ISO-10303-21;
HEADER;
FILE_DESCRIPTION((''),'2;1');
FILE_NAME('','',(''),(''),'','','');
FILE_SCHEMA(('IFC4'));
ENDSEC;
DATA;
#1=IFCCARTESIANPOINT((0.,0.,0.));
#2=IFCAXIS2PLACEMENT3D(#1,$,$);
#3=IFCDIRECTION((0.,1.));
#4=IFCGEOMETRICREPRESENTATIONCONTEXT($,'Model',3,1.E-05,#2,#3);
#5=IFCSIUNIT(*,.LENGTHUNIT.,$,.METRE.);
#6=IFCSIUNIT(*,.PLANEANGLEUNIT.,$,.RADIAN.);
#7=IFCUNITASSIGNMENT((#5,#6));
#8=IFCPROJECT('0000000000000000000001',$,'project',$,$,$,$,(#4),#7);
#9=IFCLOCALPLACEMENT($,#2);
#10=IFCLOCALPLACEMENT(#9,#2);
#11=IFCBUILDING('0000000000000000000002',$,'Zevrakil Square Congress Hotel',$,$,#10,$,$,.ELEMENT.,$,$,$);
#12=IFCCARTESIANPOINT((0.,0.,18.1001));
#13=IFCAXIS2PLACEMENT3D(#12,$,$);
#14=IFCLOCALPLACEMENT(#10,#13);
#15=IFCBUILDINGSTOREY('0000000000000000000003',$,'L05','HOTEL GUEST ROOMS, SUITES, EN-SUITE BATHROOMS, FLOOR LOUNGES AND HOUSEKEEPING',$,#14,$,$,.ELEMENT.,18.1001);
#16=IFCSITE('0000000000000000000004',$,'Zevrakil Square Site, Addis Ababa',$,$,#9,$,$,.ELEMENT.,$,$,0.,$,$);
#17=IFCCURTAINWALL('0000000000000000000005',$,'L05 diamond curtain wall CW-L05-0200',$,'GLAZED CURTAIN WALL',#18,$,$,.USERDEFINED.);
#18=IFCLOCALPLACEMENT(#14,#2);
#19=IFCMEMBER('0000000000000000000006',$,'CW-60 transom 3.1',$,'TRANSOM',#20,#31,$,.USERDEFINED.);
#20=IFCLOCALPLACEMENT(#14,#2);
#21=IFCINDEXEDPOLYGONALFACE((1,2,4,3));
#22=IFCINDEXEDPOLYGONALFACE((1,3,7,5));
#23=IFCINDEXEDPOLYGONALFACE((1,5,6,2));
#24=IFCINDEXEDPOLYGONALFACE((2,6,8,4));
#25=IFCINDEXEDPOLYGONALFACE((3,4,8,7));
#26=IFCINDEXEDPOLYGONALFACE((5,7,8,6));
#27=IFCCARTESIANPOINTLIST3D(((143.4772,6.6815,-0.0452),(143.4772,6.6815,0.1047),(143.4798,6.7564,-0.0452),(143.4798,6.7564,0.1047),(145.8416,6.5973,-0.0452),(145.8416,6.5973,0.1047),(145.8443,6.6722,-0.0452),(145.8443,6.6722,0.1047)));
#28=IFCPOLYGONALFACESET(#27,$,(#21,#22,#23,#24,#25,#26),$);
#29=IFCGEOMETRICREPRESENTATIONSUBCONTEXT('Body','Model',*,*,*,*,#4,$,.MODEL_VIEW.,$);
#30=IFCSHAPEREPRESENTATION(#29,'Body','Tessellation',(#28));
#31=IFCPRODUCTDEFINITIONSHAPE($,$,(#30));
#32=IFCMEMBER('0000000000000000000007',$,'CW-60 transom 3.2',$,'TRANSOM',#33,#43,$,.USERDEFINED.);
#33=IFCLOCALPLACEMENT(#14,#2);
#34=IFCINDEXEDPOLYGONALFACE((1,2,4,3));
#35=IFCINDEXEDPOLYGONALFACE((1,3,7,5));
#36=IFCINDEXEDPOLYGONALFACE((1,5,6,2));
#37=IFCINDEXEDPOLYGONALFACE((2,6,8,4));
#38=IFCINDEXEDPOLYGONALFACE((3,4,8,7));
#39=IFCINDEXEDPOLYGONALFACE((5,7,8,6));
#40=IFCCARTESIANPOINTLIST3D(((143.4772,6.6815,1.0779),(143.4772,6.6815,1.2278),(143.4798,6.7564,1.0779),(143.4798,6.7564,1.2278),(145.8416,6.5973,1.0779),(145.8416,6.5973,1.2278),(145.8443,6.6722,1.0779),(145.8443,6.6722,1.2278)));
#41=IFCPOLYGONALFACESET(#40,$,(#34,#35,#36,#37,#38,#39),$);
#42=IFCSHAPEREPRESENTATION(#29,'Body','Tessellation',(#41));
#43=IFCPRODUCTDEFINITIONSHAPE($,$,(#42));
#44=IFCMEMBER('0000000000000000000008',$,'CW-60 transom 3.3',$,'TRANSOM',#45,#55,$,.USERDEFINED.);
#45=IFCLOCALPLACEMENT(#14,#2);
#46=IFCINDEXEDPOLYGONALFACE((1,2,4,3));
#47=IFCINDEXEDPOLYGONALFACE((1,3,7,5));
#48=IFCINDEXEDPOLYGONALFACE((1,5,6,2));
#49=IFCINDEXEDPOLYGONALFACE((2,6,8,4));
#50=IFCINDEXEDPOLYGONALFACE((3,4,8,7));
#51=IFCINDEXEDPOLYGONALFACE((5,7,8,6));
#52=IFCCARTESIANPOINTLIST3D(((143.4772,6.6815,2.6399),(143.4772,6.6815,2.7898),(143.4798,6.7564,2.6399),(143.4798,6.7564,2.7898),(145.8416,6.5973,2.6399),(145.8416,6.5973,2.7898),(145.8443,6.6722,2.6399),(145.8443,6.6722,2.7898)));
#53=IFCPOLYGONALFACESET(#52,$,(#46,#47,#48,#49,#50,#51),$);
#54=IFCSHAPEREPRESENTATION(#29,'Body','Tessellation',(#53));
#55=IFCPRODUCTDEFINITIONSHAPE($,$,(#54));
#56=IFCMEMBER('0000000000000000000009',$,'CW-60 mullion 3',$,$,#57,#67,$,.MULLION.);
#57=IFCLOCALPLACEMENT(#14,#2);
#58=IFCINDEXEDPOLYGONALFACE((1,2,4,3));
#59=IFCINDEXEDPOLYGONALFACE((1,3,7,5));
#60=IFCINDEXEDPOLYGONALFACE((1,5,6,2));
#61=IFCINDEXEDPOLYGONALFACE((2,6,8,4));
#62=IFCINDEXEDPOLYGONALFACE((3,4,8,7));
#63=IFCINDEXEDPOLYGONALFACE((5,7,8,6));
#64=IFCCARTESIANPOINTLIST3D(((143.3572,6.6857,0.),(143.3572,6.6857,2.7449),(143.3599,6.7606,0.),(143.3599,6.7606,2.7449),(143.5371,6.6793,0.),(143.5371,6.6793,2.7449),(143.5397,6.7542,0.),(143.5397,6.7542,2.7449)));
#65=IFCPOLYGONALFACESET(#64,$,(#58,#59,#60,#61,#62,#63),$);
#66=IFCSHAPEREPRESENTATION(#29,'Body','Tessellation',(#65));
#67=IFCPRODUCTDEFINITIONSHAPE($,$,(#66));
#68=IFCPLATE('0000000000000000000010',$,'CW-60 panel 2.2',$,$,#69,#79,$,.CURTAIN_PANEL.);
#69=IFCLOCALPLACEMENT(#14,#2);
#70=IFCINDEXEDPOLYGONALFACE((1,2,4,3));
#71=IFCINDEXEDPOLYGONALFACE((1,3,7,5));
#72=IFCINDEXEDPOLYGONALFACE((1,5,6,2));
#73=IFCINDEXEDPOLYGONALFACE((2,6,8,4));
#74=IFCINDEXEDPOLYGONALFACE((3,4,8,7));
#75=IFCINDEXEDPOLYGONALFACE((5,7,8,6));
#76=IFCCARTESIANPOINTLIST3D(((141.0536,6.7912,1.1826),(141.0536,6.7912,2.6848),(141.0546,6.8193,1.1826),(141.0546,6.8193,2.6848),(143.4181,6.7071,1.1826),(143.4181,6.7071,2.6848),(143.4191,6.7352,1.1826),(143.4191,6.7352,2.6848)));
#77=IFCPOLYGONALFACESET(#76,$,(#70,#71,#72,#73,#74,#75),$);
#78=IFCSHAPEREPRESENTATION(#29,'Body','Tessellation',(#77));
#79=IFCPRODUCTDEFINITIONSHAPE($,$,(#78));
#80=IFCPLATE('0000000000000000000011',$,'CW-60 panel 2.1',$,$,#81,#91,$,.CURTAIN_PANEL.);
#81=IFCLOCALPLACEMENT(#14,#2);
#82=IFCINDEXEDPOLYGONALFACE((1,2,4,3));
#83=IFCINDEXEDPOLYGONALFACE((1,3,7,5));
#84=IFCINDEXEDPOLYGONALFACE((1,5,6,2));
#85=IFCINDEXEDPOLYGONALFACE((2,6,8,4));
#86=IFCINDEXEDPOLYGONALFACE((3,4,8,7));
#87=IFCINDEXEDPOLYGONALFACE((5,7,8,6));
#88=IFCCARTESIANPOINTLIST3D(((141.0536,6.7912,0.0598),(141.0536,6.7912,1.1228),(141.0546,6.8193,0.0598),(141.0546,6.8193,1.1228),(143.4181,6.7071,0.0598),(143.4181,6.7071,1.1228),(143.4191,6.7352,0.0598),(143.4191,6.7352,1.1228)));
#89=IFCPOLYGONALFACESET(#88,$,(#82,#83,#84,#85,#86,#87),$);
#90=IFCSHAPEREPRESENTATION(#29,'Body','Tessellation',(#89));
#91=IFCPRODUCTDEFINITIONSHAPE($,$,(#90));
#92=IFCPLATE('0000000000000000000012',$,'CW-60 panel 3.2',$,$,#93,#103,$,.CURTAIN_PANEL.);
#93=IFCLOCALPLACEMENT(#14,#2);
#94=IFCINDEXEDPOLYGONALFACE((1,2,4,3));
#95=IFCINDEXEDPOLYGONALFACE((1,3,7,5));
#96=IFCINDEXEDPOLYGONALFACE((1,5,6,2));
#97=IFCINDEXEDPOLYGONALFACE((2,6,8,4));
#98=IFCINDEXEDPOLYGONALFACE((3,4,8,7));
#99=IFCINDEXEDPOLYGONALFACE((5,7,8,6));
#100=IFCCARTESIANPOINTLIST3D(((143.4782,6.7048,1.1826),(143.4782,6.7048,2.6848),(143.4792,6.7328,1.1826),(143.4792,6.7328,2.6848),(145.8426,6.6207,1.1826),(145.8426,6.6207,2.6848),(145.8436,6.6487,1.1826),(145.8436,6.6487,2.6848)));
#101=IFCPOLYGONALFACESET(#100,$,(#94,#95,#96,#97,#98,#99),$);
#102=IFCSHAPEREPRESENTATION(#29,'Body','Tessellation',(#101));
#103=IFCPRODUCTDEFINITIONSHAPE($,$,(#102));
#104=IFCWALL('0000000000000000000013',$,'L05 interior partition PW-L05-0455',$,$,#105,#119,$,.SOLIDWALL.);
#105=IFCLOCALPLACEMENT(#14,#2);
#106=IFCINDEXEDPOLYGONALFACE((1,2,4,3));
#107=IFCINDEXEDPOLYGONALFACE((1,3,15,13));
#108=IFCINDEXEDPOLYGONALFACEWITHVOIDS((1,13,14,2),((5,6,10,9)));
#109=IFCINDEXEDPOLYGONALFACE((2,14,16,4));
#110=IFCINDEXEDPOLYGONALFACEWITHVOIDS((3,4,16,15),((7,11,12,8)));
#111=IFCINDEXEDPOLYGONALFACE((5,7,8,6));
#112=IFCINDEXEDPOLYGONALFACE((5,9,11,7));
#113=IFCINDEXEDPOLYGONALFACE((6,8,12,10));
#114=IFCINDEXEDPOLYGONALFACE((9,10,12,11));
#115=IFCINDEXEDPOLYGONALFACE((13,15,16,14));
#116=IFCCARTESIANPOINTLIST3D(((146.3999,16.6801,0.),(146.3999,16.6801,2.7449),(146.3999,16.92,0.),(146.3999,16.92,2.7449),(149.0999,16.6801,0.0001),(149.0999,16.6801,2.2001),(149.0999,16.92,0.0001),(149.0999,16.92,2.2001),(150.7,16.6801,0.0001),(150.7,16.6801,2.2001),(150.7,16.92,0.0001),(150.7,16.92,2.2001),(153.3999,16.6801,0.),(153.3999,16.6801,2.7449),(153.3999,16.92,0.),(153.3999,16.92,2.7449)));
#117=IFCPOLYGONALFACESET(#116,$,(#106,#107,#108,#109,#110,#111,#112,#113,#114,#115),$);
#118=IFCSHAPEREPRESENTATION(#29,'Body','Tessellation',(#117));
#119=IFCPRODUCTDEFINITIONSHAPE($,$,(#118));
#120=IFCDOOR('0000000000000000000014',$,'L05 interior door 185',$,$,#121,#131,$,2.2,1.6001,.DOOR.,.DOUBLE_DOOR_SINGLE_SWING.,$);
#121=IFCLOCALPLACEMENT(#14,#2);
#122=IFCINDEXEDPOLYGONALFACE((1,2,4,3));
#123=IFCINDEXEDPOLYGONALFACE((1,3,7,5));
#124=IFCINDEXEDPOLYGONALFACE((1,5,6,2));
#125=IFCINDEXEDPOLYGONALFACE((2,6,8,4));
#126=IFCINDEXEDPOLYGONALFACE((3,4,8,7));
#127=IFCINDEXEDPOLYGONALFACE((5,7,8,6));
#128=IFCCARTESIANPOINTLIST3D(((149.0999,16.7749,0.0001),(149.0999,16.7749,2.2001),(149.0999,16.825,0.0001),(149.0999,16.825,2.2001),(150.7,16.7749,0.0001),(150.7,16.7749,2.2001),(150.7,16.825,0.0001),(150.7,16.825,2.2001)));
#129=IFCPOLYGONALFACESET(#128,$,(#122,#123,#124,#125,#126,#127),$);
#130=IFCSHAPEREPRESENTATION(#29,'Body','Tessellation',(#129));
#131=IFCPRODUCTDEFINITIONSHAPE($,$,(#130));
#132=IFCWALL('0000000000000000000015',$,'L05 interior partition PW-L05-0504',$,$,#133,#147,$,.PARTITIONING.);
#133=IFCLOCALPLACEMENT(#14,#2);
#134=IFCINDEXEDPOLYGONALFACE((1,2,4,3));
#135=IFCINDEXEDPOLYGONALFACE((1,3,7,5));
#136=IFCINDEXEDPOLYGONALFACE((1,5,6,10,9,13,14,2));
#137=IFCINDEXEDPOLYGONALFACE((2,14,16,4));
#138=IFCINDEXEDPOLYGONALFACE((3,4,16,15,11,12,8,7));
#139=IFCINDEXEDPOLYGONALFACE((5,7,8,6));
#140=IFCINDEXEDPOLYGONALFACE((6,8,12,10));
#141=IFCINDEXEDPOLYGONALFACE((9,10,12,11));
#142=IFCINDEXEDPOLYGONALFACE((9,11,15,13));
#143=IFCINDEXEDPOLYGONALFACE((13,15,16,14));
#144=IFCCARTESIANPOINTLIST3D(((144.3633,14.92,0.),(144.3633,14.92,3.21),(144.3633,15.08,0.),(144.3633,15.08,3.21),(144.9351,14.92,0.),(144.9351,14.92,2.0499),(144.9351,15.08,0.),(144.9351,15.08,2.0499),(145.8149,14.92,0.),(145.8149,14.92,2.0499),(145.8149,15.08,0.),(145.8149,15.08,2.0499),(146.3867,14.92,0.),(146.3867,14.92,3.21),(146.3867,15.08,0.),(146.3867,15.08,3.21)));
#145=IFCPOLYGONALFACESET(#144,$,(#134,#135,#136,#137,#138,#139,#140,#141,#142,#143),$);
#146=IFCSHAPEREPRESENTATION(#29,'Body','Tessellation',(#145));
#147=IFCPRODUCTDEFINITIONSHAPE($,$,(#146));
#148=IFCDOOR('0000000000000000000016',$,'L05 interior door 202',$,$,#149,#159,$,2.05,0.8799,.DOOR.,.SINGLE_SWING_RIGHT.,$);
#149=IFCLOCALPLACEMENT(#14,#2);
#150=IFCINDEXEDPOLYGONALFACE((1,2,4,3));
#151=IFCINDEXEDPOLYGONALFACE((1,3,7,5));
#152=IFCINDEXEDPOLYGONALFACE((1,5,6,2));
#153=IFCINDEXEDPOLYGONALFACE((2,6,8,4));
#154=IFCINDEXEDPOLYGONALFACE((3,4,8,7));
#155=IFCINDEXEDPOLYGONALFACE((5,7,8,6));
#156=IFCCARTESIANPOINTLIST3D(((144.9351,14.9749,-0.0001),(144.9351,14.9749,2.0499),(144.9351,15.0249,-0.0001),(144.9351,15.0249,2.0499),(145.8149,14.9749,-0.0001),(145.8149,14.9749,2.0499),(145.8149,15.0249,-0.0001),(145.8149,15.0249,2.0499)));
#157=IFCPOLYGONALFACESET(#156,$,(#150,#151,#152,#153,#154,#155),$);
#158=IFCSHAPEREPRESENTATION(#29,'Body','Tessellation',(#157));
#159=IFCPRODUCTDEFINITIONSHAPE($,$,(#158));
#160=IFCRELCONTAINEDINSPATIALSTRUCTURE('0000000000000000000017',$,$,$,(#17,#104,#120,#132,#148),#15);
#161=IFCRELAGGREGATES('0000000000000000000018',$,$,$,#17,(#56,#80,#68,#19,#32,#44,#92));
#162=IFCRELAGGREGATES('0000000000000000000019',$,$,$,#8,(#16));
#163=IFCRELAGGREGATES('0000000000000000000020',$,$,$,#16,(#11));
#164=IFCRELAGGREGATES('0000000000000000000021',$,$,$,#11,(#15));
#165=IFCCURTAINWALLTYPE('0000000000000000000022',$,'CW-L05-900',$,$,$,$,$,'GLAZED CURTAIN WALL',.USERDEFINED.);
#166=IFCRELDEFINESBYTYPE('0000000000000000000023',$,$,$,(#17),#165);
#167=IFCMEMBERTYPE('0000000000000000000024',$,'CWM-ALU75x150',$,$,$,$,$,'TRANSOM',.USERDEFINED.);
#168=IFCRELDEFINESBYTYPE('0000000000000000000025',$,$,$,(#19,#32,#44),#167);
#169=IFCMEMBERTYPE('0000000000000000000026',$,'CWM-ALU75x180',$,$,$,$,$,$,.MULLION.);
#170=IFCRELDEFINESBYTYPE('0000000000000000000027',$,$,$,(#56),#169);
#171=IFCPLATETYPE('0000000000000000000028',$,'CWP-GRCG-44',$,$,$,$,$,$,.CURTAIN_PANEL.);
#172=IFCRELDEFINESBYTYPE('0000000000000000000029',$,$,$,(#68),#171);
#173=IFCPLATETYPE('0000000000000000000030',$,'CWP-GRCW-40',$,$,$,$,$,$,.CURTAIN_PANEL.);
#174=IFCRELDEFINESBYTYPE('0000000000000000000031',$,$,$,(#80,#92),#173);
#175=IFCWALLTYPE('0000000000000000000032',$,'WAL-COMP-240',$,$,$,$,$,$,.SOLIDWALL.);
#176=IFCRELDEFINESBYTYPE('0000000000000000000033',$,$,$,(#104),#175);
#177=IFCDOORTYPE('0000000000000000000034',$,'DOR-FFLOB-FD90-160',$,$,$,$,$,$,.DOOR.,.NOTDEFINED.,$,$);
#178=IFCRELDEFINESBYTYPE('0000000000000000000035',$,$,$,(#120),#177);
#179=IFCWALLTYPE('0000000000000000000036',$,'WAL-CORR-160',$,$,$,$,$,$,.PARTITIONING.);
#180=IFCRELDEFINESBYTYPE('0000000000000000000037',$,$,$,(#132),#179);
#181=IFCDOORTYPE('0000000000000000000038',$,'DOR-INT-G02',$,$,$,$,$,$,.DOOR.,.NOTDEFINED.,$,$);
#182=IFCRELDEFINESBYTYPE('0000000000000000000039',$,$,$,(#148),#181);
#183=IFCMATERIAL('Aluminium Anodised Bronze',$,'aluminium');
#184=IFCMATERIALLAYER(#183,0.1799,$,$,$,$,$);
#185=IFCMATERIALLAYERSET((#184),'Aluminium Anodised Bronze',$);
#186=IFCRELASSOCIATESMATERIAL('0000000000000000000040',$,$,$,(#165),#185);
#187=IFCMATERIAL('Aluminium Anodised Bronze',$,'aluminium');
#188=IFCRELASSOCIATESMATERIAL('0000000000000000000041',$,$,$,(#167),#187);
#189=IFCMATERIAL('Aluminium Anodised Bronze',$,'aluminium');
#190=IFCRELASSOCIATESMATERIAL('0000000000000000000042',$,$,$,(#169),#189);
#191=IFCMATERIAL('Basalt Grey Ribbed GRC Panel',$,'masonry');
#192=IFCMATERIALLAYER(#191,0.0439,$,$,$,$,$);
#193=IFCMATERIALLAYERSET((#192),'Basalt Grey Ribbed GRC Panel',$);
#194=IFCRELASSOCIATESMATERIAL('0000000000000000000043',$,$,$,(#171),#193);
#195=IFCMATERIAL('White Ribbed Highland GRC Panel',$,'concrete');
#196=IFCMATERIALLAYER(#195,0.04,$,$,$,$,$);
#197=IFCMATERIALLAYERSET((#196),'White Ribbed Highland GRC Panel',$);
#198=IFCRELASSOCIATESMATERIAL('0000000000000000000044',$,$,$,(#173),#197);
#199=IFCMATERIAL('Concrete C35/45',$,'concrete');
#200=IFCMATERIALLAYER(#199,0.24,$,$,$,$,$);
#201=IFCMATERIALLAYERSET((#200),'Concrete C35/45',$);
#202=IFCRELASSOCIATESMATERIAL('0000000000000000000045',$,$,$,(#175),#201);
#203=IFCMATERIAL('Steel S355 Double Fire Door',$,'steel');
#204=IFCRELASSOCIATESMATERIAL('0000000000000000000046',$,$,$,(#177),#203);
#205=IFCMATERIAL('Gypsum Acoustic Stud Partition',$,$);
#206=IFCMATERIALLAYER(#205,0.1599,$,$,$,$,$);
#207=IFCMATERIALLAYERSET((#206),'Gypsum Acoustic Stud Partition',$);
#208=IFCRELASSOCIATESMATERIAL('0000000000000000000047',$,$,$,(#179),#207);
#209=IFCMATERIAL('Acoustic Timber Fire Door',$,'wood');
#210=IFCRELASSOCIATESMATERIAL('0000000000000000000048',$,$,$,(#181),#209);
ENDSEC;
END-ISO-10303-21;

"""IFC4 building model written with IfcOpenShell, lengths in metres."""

from ifc_helpers import new_model, si_unit, direction, frame, frame_2d, origin, origin_2d, place, context, subcontext, project, spatial, rectangle, extrude, material, layer, layer_set, material_profile, profile_set, type_object, element, fill, aggregate, save


model = new_model("IFC4")

# Units and contexts
model_context = context("Model", 3, precision=1e-05, world=origin(), true_north=direction((0.0, 1.0)))
body_context = subcontext(model_context, "Body", "Model", "MODEL_VIEW")
ifc_project = project(units=[si_unit("LENGTHUNIT", "METRE"), si_unit("PLANEANGLEUNIT", "RADIAN")], contexts=[model_context])

# Site, building, storey
site_placement = place(None, origin())
site = spatial("IfcSite", under=ifc_project, at=site_placement, Name="Zevrakil Square Site, Addis Ababa", CompositionType="ELEMENT", RefElevation=0.0)
building_placement = place(site_placement, origin())
building = spatial("IfcBuilding", under=site, at=building_placement, Name="Zevrakil Square Congress Hotel", CompositionType="ELEMENT")
storey_placement = place(building_placement, frame((0.0, 0.0, 18.1001)))
storey = spatial("IfcBuildingStorey", under=building, at=storey_placement, Name="L05", Description="HOTEL GUEST ROOMS, SUITES, EN-SUITE BATHROOMS, FLOOR LOUNGES AND HOUSEKEEPING", CompositionType="ELEMENT", Elevation=18.1001)

# Curtain wall, members, plates
ifc_material_1 = material(Name="Aluminium Anodised Bronze", Category="aluminium")
ifc_layer_1 = layer(ifc_material_1, 0.1799)
ifc_layer_set_1 = layer_set([ifc_layer_1], Name="Aluminium Anodised Bronze")
curtain_wall_type = type_object("IfcCurtainWallType", Name="CW-L05-900", ElementType="GLAZED CURTAIN WALL", PredefinedType="USERDEFINED", material=ifc_layer_set_1)
curtain_wall_placement = place(storey_placement, origin())
curtain_wall = element("IfcCurtainWall", 1, at=curtain_wall_placement, inside=storey, type_object=curtain_wall_type, Name="L05 diamond curtain wall CW-L05-0200", ObjectType="GLAZED CURTAIN WALL", PredefinedType="USERDEFINED")
ifc_material_2 = material(Name="Aluminium Anodised Bronze", Category="aluminium")
ifc_material_profile_1 = material_profile(ifc_material_2, rectangle(XDim=0.075, YDim=0.1499, at=origin_2d()), Name="ALU 75x150")
ifc_profile_set_1 = profile_set([ifc_material_profile_1], Name="Aluminium Anodised Bronze")
member_type_1 = type_object("IfcMemberType", Name="CWM-ALU75x150", ElementType="TRANSOM", PredefinedType="USERDEFINED", material=ifc_profile_set_1)
member_1_placement = place(storey_placement, frame((143.4785, 6.719, 0.0298), z_axis=(0.999366, -0.0356, 0.0), x_axis=(0.0356, 0.999366, 0.0)))
member_1 = element("IfcMember", 2, at=member_1_placement, type_object=member_type_1, Name="CW-60 transom 3.1", ObjectType="TRANSOM", PredefinedType="USERDEFINED", context=body_context, shape_type="SweptSolid", body=[
    extrude(rectangle(XDim=0.075, YDim=0.1499, at=origin_2d()), origin(), (0.0, 0.0, 1.0), 2.366),
])
member_2_placement = place(storey_placement, frame((143.4785, 6.719, 1.1528), z_axis=(0.999366, -0.0356, 0.0), x_axis=(0.0356, 0.999366, 0.0)))
member_2 = element("IfcMember", 3, at=member_2_placement, type_object=member_type_1, Name="CW-60 transom 3.2", ObjectType="TRANSOM", PredefinedType="USERDEFINED", context=body_context, shape_type="SweptSolid", body=[
    extrude(rectangle(XDim=0.075, YDim=0.1499, at=origin_2d()), origin(), (0.0, 0.0, 1.0), 2.366),
])
member_3_placement = place(storey_placement, frame((143.4785, 6.719, 2.7148), z_axis=(0.999366, -0.0356, 0.0), x_axis=(0.0356, 0.999366, 0.0)))
member_3 = element("IfcMember", 4, at=member_3_placement, type_object=member_type_1, Name="CW-60 transom 3.3", ObjectType="TRANSOM", PredefinedType="USERDEFINED", context=body_context, shape_type="SweptSolid", body=[
    extrude(rectangle(XDim=0.075, YDim=0.1499, at=origin_2d()), origin(), (0.0, 0.0, 1.0), 2.366),
])
ifc_material_3 = material(Name="Aluminium Anodised Bronze", Category="aluminium")
ifc_material_profile_2 = material_profile(ifc_material_3, rectangle(XDim=0.075, YDim=0.1799, at=origin_2d()), Name="ALU 75x180")
ifc_profile_set_2 = profile_set([ifc_material_profile_2], Name="Aluminium Anodised Bronze")
member_type_2 = type_object("IfcMemberType", Name="CWM-ALU75x180", PredefinedType="MULLION", material=ifc_profile_set_2)
member_4_placement = place(storey_placement, frame((143.4485, 6.72, 0.0), z_axis=(0.0, 0.0, 1.0), x_axis=(0.035553, 0.999368, 0.0)))
member_4 = element("IfcMember", 5, at=member_4_placement, type_object=member_type_2, Name="CW-60 mullion 3", PredefinedType="MULLION", context=body_context, shape_type="SweptSolid", body=[
    extrude(rectangle(XDim=0.075, YDim=0.1799, at=origin_2d()), origin(), (0.0, 0.0, 1.0), 2.7449),
])
ifc_material_4 = material(Name="Basalt Grey Ribbed GRC Panel", Category="masonry")
ifc_layer_2 = layer(ifc_material_4, 0.0439)
ifc_layer_set_2 = layer_set([ifc_layer_2], Name="Basalt Grey Ribbed GRC Panel")
plate_type_1 = type_object("IfcPlateType", Name="CWP-GRCG-44", PredefinedType="CURTAIN_PANEL", material=ifc_layer_set_2)
plate_1_placement = place(storey_placement, frame((142.2363, 6.7632, 1.1826), z_axis=(0.0, 0.0, 1.0), x_axis=(0.999368, -0.035553, 0.0)))
plate_1 = element("IfcPlate", 6, at=plate_1_placement, type_object=plate_type_1, Name="CW-60 panel 2.2", PredefinedType="CURTAIN_PANEL", context=body_context, shape_type="SweptSolid", body=[
    extrude(rectangle(XDim=2.366, YDim=0.0281, at=origin_2d()), origin(), (0.0, 0.0, 1.0), 1.5022),
])
ifc_material_5 = material(Name="White Ribbed Highland GRC Panel", Category="concrete")
ifc_layer_3 = layer(ifc_material_5, 0.04)
ifc_layer_set_3 = layer_set([ifc_layer_3], Name="White Ribbed Highland GRC Panel")
plate_type_2 = type_object("IfcPlateType", Name="CWP-GRCW-40", PredefinedType="CURTAIN_PANEL", material=ifc_layer_set_3)
plate_2_placement = place(storey_placement, frame((142.2363, 6.7632, 0.0598), z_axis=(0.0, 0.0, 1.0), x_axis=(0.999368, -0.035553, 0.0)))
plate_2 = element("IfcPlate", 7, at=plate_2_placement, type_object=plate_type_2, Name="CW-60 panel 2.1", PredefinedType="CURTAIN_PANEL", context=body_context, shape_type="SweptSolid", body=[
    extrude(rectangle(XDim=2.366, YDim=0.0281, at=origin_2d()), origin(), (0.0, 0.0, 1.0), 1.063),
])
plate_3_placement = place(storey_placement, frame((144.6609, 6.6768, 1.1826), z_axis=(0.0, 0.0, 1.0), x_axis=(0.999368, -0.035553, 0.0)))
plate_3 = element("IfcPlate", 8, at=plate_3_placement, type_object=plate_type_2, Name="CW-60 panel 3.2", PredefinedType="CURTAIN_PANEL", context=body_context, shape_type="SweptSolid", body=[
    extrude(rectangle(XDim=2.366, YDim=0.0281, at=origin_2d()), origin(), (0.0, 0.0, 1.0), 1.5022),
])
aggregate(curtain_wall, [member_4, plate_2, plate_1, member_1, member_2, member_3, plate_3])

# Walls, openings, doors
ifc_material_6 = material(Name="Concrete C35/45", Category="concrete")
ifc_layer_4 = layer(ifc_material_6, 0.24)
ifc_layer_set_4 = layer_set([ifc_layer_4], Name="Concrete C35/45")
wall_type_1 = type_object("IfcWallType", Name="WAL-COMP-240", PredefinedType="SOLIDWALL", material=ifc_layer_set_4)
wall_1_placement = place(storey_placement, frame((146.3999, 16.8, 0.0), z_axis=(0.0, 0.0, 1.0), x_axis=(1.0, 0.0, 0.0)))
wall_1 = element("IfcWall", 9, at=wall_1_placement, inside=storey, type_object=wall_type_1, Name="L05 interior partition PW-L05-0455", PredefinedType="SOLIDWALL", context=body_context, shape_type="SweptSolid", body=[
    extrude(rectangle(XDim=7.0, YDim=0.24, at=frame_2d((3.5, 0.0))), origin(), (0.0, 0.0, 1.0), 2.7449),
])
opening_1_placement = place(wall_1_placement, frame((2.7, 0.0, 0.0)))
opening_1 = element("IfcOpeningElement", 10, at=opening_1_placement, cuts=wall_1, PredefinedType="OPENING", context=body_context, shape_type="SweptSolid", body=[
    extrude(rectangle(XDim=1.6001, YDim=2.2, at=frame_2d((0.8, 1.1001))), frame((0.0, 0.1299, 0.0), z_axis=(0.0, -1.0, 0.0), x_axis=(1.0, 0.0, 0.0)), (0.0, 0.0, 1.0), 0.26),
])
ifc_material_7 = material(Name="Steel S355 Double Fire Door", Category="steel")
door_type_1 = type_object("IfcDoorType", Name="DOR-FFLOB-FD90-160", OperationType="NOTDEFINED", PredefinedType="DOOR", material=ifc_material_7)
door_1_placement = place(opening_1_placement, origin())
door_1 = element("IfcDoor", 11, at=door_1_placement, inside=storey, type_object=door_type_1, Name="L05 interior door 185", OperationType="DOUBLE_DOOR_SINGLE_SWING", OverallHeight=2.2, OverallWidth=1.6001, PredefinedType="DOOR", context=body_context, shape_type="SweptSolid", body=[
    extrude(rectangle(XDim=1.6001, YDim=2.2, at=frame_2d((0.8, 1.1001))), frame((0.0, 0.0249, 0.0), z_axis=(0.0, -1.0, 0.0), x_axis=(1.0, 0.0, 0.0)), (0.0, 0.0, 1.0), 0.05),
])
fill(opening_1, door_1)
ifc_material_8 = material(Name="Gypsum Acoustic Stud Partition")
ifc_layer_5 = layer(ifc_material_8, 0.1599)
ifc_layer_set_5 = layer_set([ifc_layer_5], Name="Gypsum Acoustic Stud Partition")
wall_type_2 = type_object("IfcWallType", Name="WAL-CORR-160", PredefinedType="PARTITIONING", material=ifc_layer_set_5)
wall_2_placement = place(storey_placement, frame((144.3633, 15.0, 0.0), z_axis=(0.0, 0.0, 1.0), x_axis=(1.0, 0.0, 0.0)))
wall_2 = element("IfcWall", 12, at=wall_2_placement, inside=storey, type_object=wall_type_2, Name="L05 interior partition PW-L05-0504", PredefinedType="PARTITIONING", context=body_context, shape_type="SweptSolid", body=[
    extrude(rectangle(XDim=2.0234, YDim=0.1599, at=frame_2d((1.0117, 0.0))), origin(), (0.0, 0.0, 1.0), 3.21),
])
opening_2_placement = place(wall_2_placement, frame((0.5718, 0.0, 0.0)))
opening_2 = element("IfcOpeningElement", 13, at=opening_2_placement, cuts=wall_2, PredefinedType="OPENING", context=body_context, shape_type="SweptSolid", body=[
    extrude(rectangle(XDim=0.8799, YDim=2.05, at=frame_2d((0.4399, 1.0249))), frame((0.0, 0.0898, 0.0), z_axis=(0.0, -1.0, 0.0), x_axis=(1.0, 0.0, 0.0)), (0.0, 0.0, 1.0), 0.1799),
])
ifc_material_9 = material(Name="Acoustic Timber Fire Door", Category="wood")
door_type_2 = type_object("IfcDoorType", Name="DOR-INT-G02", OperationType="NOTDEFINED", PredefinedType="DOOR", material=ifc_material_9)
door_2_placement = place(opening_2_placement, origin())
door_2 = element("IfcDoor", 14, at=door_2_placement, inside=storey, type_object=door_type_2, Name="L05 interior door 202", OperationType="SINGLE_SWING_RIGHT", OverallHeight=2.05, OverallWidth=0.8799, PredefinedType="DOOR", context=body_context, shape_type="SweptSolid", body=[
    extrude(rectangle(XDim=0.8799, YDim=2.05, at=frame_2d((0.4399, 1.0249))), frame((0.0, 0.0249, 0.0), z_axis=(0.0, -1.0, 0.0), x_axis=(1.0, 0.0, 0.0)), (0.0, 0.0, 1.0), 0.05),
])
fill(opening_2, door_2)

save(model, "model.ifc")
